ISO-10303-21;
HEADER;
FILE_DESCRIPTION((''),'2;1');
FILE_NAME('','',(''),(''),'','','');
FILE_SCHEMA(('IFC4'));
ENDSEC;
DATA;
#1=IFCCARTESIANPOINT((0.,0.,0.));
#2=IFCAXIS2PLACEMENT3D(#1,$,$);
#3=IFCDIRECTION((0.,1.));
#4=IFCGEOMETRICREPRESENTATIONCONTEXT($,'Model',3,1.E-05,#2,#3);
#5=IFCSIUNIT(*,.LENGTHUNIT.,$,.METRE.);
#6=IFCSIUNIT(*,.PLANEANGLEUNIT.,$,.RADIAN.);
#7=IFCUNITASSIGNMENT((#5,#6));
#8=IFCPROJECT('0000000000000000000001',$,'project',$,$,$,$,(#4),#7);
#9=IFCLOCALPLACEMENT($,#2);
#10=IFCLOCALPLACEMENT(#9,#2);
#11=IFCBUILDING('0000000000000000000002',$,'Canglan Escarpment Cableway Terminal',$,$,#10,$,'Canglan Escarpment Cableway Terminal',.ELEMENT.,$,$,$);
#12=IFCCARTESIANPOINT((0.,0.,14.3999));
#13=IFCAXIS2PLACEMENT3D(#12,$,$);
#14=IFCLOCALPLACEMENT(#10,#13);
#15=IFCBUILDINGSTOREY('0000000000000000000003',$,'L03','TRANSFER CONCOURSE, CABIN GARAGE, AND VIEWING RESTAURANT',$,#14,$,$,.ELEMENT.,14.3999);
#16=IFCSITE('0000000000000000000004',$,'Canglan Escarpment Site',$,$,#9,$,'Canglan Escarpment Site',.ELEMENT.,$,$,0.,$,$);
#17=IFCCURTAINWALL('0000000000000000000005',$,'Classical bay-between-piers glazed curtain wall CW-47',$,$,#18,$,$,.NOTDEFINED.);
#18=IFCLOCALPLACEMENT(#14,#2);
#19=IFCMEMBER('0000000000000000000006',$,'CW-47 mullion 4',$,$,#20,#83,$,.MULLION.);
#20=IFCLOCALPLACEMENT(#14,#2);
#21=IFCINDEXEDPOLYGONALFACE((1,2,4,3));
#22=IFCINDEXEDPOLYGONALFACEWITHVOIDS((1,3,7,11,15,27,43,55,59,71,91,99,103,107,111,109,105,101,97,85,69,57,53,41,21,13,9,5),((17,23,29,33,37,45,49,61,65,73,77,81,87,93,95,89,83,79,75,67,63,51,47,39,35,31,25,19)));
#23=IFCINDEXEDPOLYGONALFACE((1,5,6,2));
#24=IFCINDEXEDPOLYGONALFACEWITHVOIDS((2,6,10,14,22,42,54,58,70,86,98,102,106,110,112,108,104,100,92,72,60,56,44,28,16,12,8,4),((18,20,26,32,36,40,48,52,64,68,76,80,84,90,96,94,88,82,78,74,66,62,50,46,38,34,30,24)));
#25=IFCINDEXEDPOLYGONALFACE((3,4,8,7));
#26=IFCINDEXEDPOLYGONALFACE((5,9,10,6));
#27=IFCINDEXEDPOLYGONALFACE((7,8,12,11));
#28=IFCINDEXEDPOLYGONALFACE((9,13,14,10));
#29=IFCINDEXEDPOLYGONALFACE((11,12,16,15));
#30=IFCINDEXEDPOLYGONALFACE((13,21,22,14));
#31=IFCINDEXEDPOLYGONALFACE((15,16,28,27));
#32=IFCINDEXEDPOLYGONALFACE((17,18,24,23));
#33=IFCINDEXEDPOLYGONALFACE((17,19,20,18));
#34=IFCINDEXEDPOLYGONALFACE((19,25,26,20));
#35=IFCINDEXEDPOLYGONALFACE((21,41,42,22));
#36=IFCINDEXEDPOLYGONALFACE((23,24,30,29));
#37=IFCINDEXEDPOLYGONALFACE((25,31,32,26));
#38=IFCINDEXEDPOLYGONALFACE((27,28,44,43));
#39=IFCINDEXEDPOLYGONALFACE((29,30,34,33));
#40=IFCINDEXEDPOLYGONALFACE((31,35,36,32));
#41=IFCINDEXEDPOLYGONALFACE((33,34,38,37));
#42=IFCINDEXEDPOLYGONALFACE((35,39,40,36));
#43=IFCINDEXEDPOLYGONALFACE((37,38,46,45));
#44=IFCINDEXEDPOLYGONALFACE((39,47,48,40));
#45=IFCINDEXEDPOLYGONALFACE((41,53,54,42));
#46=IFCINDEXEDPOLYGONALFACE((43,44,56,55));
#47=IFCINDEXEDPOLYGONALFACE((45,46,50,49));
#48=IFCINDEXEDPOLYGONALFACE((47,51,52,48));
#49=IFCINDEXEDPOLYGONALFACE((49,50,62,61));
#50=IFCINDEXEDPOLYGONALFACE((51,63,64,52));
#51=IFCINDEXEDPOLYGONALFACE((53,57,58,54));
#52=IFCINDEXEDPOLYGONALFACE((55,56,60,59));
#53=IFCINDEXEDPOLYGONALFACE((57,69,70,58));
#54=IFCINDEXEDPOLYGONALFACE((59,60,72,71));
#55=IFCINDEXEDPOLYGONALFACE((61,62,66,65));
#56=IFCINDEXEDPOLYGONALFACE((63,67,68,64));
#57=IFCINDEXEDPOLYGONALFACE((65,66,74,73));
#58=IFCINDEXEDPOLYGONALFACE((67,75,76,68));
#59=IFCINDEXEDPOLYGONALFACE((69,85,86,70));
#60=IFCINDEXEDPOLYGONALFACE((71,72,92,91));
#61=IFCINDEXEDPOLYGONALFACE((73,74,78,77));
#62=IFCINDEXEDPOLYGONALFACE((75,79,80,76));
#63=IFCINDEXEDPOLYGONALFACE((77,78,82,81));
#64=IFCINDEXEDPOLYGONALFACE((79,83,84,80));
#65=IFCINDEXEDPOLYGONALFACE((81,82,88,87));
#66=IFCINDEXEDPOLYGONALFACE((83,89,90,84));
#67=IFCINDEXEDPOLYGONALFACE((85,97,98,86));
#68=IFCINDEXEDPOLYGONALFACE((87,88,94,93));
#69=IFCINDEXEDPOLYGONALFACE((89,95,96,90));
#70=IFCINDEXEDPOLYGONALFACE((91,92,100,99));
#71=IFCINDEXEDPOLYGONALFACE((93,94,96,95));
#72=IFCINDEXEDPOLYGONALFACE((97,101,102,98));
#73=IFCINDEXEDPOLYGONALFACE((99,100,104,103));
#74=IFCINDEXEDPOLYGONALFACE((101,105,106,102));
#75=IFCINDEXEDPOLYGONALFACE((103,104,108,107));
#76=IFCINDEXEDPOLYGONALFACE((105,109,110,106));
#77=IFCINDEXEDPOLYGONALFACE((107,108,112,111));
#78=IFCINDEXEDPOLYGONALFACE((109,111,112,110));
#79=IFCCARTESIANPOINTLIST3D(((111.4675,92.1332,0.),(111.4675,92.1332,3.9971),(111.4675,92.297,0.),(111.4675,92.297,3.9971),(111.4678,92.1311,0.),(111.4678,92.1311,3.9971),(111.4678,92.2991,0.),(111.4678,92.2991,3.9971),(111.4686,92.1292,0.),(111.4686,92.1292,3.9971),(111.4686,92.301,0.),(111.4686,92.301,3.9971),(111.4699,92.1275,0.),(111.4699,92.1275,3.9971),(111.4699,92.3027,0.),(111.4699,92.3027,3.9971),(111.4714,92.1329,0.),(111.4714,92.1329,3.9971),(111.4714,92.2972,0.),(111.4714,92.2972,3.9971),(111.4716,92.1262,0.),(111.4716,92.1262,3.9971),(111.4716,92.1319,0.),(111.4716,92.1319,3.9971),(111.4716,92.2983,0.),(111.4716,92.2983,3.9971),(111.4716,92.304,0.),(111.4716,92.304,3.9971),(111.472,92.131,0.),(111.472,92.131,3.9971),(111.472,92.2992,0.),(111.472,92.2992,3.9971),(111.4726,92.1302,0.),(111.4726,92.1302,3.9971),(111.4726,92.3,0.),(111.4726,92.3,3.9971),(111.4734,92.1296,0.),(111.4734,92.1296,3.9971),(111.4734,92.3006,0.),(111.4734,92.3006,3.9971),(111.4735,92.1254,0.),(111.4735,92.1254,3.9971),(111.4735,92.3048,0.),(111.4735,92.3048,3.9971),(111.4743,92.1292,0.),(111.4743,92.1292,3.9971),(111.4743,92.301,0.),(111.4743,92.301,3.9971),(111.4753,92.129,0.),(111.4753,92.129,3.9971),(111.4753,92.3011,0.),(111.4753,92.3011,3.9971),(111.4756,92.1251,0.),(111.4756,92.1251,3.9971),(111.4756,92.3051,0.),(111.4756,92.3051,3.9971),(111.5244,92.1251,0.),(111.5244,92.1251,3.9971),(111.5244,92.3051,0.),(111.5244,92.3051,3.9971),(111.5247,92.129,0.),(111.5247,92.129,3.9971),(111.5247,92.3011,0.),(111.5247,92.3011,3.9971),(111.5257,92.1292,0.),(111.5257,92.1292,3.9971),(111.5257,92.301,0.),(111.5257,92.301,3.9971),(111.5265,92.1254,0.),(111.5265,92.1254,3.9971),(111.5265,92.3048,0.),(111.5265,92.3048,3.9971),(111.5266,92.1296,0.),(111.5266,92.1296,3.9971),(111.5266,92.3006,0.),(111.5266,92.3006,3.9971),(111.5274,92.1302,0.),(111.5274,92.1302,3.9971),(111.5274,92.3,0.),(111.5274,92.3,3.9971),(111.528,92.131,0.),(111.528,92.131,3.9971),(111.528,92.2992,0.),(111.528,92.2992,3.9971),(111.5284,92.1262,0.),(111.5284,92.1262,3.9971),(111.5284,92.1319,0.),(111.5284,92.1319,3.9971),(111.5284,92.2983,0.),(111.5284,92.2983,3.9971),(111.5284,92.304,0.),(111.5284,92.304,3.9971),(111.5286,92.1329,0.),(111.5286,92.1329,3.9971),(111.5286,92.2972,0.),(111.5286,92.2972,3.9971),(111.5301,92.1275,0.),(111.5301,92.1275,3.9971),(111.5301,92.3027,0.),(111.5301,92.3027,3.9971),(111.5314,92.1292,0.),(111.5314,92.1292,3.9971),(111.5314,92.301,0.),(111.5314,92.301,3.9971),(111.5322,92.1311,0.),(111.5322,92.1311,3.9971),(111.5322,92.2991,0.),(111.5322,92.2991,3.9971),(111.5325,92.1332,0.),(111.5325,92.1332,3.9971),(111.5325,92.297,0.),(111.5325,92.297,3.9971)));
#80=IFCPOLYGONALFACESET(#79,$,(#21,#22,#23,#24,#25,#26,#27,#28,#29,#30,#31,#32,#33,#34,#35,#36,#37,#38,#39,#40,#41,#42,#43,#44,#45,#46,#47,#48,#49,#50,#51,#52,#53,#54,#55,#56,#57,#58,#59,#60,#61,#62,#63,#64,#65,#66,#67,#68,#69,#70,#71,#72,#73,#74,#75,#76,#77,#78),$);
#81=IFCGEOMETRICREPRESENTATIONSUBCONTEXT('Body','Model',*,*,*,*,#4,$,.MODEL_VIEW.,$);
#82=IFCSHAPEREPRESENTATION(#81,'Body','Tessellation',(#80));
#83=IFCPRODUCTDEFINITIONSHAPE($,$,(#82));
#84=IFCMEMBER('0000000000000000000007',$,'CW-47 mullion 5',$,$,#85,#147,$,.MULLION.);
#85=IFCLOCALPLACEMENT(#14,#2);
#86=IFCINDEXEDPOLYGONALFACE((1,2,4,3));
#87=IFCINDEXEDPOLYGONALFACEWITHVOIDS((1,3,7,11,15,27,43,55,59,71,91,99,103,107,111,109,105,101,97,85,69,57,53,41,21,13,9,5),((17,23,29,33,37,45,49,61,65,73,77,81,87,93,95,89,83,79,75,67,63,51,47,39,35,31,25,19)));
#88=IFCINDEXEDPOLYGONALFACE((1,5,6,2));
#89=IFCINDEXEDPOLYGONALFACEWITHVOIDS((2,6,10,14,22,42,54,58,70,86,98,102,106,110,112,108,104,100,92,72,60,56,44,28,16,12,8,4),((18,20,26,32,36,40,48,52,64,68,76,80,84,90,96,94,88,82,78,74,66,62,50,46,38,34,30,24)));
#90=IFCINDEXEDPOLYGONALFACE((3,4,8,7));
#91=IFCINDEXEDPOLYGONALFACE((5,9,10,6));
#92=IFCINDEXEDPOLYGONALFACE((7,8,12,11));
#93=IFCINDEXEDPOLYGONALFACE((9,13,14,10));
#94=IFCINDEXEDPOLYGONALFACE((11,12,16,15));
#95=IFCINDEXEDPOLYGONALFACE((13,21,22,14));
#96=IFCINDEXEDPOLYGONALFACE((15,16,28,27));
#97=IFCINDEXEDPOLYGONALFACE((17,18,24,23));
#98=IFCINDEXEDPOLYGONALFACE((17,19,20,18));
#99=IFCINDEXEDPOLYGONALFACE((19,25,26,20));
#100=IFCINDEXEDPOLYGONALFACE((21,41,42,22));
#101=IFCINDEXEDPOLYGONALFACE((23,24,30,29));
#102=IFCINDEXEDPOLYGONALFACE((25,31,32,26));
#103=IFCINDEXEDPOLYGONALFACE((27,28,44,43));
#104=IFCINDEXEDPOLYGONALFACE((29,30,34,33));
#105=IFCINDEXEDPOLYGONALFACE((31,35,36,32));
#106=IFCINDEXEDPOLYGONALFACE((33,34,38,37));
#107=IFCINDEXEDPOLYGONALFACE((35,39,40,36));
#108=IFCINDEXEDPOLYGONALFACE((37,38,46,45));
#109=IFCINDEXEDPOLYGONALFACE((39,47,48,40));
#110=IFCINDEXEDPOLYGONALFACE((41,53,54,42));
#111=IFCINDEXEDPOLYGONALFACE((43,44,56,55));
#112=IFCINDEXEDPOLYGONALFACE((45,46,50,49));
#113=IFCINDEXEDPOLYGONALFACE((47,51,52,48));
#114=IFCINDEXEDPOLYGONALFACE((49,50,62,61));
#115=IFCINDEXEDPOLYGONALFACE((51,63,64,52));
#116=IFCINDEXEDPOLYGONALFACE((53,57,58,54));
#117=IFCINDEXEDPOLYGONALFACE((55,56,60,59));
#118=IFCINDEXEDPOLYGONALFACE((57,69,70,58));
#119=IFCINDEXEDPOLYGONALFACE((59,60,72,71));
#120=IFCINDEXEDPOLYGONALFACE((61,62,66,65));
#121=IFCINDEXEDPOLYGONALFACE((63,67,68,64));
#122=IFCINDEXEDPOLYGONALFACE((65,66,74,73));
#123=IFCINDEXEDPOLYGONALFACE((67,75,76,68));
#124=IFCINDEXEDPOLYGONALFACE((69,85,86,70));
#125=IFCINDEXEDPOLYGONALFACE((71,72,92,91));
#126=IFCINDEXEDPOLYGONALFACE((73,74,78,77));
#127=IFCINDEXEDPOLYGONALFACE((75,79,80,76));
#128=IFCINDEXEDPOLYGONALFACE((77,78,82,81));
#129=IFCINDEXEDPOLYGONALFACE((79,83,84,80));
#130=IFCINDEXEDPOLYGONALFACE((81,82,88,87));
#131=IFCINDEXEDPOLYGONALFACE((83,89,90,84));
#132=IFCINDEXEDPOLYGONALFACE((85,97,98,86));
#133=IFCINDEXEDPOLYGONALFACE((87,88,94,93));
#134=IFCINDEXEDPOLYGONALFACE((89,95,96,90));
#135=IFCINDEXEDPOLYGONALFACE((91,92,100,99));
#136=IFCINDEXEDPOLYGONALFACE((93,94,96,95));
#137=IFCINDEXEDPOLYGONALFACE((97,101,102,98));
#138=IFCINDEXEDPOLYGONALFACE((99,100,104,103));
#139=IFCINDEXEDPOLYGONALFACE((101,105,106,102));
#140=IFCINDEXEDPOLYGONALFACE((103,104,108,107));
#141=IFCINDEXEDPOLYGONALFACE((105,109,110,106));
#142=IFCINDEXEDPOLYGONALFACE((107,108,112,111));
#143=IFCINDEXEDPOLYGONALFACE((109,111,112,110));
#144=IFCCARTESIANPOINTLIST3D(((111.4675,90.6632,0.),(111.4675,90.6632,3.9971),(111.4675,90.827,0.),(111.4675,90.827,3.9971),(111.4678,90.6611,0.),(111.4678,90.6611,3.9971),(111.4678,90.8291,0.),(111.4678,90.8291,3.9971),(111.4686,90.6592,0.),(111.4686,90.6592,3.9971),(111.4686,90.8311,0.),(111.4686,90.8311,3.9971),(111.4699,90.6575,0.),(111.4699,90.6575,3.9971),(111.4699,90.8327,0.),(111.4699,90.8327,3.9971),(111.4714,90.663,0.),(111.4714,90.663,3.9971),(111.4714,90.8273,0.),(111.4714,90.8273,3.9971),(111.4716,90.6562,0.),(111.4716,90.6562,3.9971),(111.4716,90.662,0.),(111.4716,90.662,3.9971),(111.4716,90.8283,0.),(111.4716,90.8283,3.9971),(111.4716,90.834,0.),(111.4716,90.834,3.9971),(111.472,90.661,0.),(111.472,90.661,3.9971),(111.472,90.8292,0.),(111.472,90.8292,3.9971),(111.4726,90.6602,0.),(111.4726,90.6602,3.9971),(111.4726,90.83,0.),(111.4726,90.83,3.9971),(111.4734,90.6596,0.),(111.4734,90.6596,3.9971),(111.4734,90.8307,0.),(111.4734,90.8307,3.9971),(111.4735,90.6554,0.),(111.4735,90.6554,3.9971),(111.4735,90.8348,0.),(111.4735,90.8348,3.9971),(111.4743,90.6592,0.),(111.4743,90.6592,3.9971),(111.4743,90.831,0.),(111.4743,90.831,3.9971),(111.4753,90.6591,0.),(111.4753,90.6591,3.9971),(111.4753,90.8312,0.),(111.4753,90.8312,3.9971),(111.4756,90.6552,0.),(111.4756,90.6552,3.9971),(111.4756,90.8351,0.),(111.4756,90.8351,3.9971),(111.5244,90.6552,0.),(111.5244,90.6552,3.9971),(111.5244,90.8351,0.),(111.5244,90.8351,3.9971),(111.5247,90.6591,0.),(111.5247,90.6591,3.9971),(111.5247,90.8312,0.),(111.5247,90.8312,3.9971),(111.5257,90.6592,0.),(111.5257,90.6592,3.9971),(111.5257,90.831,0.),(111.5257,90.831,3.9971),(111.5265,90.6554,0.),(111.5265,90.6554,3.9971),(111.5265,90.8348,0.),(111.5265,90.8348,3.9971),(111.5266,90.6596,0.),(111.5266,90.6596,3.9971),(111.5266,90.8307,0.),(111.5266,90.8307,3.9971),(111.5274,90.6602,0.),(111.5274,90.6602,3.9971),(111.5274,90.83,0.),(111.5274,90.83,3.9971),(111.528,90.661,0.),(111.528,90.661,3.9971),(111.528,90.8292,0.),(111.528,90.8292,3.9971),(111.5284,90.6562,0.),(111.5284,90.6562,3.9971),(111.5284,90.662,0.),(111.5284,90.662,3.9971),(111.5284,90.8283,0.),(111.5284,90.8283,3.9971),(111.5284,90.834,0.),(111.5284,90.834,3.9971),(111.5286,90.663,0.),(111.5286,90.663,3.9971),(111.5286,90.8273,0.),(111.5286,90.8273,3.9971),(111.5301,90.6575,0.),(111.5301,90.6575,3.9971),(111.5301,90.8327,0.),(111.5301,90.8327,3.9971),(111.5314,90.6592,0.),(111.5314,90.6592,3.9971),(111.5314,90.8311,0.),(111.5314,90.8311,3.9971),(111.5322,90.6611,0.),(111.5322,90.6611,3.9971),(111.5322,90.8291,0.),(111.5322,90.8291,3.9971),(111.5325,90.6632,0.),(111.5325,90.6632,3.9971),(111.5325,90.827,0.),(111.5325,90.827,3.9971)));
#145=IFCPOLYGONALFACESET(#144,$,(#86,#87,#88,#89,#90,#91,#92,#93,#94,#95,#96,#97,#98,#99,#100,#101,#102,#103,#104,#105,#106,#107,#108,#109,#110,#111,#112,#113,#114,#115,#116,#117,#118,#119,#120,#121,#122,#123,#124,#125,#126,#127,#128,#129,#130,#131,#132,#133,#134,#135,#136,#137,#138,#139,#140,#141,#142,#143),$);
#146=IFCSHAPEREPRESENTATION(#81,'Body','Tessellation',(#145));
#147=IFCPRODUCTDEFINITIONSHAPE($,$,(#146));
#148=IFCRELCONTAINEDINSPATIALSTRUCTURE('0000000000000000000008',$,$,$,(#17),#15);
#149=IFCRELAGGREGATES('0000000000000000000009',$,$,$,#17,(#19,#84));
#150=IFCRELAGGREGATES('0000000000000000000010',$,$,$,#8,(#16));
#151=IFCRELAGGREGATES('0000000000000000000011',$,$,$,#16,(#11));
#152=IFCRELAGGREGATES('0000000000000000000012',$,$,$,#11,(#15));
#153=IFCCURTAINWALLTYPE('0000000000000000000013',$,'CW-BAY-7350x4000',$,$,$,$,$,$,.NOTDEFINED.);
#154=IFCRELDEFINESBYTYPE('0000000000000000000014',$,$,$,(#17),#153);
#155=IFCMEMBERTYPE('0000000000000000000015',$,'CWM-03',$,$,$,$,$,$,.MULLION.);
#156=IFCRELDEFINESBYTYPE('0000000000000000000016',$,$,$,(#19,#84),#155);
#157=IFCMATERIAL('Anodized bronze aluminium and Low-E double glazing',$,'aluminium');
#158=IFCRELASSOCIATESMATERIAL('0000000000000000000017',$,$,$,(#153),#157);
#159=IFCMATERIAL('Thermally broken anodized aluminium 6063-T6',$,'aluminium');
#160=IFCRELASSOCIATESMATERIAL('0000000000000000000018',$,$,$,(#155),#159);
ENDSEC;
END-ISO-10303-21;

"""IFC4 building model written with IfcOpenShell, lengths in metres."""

from ifc_helpers import new_model, si_unit, direction, frame, origin, origin_2d, place, context, subcontext, project, spatial, hollow_rectangle, extrude, material, material_profile, profile_set, type_object, element, aggregate, save


model = new_model("IFC4")

# Units and contexts
model_context = context("Model", 3, precision=1e-05, world=origin(), true_north=direction((0.0, 1.0)))
body_context = subcontext(model_context, "Body", "Model", "MODEL_VIEW")
ifc_project = project(units=[si_unit("LENGTHUNIT", "METRE"), si_unit("PLANEANGLEUNIT", "RADIAN")], contexts=[model_context])

# Site, building, storey
site_placement = place(None, origin())
site = spatial("IfcSite", under=ifc_project, at=site_placement, Name="Canglan Escarpment Site", LongName="Canglan Escarpment Site", CompositionType="ELEMENT", RefElevation=0.0)
building_placement = place(site_placement, origin())
building = spatial("IfcBuilding", under=site, at=building_placement, Name="Canglan Escarpment Cableway Terminal", LongName="Canglan Escarpment Cableway Terminal", CompositionType="ELEMENT")
storey_placement = place(building_placement, frame((0.0, 0.0, 14.3999)))
storey = spatial("IfcBuildingStorey", under=building, at=storey_placement, Name="L03", Description="TRANSFER CONCOURSE, CABIN GARAGE, AND VIEWING RESTAURANT", CompositionType="ELEMENT", Elevation=14.3999)

# Curtain wall, members
ifc_material_1 = material(Name="Anodized bronze aluminium and Low-E double glazing", Category="aluminium")
curtain_wall_type = type_object("IfcCurtainWallType", Name="CW-BAY-7350x4000", PredefinedType="NOTDEFINED", material=ifc_material_1)
curtain_wall_placement = place(storey_placement, origin())
curtain_wall = element("IfcCurtainWall", 1, at=curtain_wall_placement, inside=storey, type_object=curtain_wall_type, Name="Classical bay-between-piers glazed curtain wall CW-47", PredefinedType="NOTDEFINED")
ifc_material_2 = material(Name="Thermally broken anodized aluminium 6063-T6", Category="aluminium")
ifc_material_profile_1 = material_profile(ifc_material_2, hollow_rectangle(XDim=0.0649, YDim=0.1799, WallThickness=0.0039, InnerFilletRadius=0.0039, OuterFilletRadius=0.0081, at=origin_2d()), Name="ALU-MULL 65x180x4")
ifc_profile_set_1 = profile_set([ifc_material_profile_1], Name="Thermally broken anodized aluminium 6063-T6")
member_type_1 = type_object("IfcMemberType", Name="CWM-03", PredefinedType="MULLION", material=ifc_profile_set_1)
member_1_placement = place(storey_placement, frame((111.5, 92.2151, 0.0), z_axis=(0.0, 0.0, 1.0), x_axis=(1.0, 0.0, 0.0)))
member_1 = element("IfcMember", 2, at=member_1_placement, type_object=member_type_1, Name="CW-47 mullion 4", PredefinedType="MULLION", context=body_context, shape_type="SweptSolid", body=[
    extrude(hollow_rectangle(XDim=0.0649, YDim=0.1799, WallThickness=0.0039, InnerFilletRadius=0.0039, OuterFilletRadius=0.0081, at=origin_2d()), origin(), (0.0, 0.0, 1.0), 3.9971),
])
member_2_placement = place(storey_placement, frame((111.5, 90.7451, 0.0), z_axis=(0.0, 0.0, 1.0), x_axis=(1.0, 0.0, 0.0)))
member_2 = element("IfcMember", 3, at=member_2_placement, type_object=member_type_1, Name="CW-47 mullion 5", PredefinedType="MULLION", context=body_context, shape_type="SweptSolid", body=[
    extrude(hollow_rectangle(XDim=0.0649, YDim=0.1799, WallThickness=0.0039, InnerFilletRadius=0.0039, OuterFilletRadius=0.0081, at=origin_2d()), origin(), (0.0, 0.0, 1.0), 3.9971),
])
aggregate(curtain_wall, [member_1, member_2])

save(model, "model.ifc")
